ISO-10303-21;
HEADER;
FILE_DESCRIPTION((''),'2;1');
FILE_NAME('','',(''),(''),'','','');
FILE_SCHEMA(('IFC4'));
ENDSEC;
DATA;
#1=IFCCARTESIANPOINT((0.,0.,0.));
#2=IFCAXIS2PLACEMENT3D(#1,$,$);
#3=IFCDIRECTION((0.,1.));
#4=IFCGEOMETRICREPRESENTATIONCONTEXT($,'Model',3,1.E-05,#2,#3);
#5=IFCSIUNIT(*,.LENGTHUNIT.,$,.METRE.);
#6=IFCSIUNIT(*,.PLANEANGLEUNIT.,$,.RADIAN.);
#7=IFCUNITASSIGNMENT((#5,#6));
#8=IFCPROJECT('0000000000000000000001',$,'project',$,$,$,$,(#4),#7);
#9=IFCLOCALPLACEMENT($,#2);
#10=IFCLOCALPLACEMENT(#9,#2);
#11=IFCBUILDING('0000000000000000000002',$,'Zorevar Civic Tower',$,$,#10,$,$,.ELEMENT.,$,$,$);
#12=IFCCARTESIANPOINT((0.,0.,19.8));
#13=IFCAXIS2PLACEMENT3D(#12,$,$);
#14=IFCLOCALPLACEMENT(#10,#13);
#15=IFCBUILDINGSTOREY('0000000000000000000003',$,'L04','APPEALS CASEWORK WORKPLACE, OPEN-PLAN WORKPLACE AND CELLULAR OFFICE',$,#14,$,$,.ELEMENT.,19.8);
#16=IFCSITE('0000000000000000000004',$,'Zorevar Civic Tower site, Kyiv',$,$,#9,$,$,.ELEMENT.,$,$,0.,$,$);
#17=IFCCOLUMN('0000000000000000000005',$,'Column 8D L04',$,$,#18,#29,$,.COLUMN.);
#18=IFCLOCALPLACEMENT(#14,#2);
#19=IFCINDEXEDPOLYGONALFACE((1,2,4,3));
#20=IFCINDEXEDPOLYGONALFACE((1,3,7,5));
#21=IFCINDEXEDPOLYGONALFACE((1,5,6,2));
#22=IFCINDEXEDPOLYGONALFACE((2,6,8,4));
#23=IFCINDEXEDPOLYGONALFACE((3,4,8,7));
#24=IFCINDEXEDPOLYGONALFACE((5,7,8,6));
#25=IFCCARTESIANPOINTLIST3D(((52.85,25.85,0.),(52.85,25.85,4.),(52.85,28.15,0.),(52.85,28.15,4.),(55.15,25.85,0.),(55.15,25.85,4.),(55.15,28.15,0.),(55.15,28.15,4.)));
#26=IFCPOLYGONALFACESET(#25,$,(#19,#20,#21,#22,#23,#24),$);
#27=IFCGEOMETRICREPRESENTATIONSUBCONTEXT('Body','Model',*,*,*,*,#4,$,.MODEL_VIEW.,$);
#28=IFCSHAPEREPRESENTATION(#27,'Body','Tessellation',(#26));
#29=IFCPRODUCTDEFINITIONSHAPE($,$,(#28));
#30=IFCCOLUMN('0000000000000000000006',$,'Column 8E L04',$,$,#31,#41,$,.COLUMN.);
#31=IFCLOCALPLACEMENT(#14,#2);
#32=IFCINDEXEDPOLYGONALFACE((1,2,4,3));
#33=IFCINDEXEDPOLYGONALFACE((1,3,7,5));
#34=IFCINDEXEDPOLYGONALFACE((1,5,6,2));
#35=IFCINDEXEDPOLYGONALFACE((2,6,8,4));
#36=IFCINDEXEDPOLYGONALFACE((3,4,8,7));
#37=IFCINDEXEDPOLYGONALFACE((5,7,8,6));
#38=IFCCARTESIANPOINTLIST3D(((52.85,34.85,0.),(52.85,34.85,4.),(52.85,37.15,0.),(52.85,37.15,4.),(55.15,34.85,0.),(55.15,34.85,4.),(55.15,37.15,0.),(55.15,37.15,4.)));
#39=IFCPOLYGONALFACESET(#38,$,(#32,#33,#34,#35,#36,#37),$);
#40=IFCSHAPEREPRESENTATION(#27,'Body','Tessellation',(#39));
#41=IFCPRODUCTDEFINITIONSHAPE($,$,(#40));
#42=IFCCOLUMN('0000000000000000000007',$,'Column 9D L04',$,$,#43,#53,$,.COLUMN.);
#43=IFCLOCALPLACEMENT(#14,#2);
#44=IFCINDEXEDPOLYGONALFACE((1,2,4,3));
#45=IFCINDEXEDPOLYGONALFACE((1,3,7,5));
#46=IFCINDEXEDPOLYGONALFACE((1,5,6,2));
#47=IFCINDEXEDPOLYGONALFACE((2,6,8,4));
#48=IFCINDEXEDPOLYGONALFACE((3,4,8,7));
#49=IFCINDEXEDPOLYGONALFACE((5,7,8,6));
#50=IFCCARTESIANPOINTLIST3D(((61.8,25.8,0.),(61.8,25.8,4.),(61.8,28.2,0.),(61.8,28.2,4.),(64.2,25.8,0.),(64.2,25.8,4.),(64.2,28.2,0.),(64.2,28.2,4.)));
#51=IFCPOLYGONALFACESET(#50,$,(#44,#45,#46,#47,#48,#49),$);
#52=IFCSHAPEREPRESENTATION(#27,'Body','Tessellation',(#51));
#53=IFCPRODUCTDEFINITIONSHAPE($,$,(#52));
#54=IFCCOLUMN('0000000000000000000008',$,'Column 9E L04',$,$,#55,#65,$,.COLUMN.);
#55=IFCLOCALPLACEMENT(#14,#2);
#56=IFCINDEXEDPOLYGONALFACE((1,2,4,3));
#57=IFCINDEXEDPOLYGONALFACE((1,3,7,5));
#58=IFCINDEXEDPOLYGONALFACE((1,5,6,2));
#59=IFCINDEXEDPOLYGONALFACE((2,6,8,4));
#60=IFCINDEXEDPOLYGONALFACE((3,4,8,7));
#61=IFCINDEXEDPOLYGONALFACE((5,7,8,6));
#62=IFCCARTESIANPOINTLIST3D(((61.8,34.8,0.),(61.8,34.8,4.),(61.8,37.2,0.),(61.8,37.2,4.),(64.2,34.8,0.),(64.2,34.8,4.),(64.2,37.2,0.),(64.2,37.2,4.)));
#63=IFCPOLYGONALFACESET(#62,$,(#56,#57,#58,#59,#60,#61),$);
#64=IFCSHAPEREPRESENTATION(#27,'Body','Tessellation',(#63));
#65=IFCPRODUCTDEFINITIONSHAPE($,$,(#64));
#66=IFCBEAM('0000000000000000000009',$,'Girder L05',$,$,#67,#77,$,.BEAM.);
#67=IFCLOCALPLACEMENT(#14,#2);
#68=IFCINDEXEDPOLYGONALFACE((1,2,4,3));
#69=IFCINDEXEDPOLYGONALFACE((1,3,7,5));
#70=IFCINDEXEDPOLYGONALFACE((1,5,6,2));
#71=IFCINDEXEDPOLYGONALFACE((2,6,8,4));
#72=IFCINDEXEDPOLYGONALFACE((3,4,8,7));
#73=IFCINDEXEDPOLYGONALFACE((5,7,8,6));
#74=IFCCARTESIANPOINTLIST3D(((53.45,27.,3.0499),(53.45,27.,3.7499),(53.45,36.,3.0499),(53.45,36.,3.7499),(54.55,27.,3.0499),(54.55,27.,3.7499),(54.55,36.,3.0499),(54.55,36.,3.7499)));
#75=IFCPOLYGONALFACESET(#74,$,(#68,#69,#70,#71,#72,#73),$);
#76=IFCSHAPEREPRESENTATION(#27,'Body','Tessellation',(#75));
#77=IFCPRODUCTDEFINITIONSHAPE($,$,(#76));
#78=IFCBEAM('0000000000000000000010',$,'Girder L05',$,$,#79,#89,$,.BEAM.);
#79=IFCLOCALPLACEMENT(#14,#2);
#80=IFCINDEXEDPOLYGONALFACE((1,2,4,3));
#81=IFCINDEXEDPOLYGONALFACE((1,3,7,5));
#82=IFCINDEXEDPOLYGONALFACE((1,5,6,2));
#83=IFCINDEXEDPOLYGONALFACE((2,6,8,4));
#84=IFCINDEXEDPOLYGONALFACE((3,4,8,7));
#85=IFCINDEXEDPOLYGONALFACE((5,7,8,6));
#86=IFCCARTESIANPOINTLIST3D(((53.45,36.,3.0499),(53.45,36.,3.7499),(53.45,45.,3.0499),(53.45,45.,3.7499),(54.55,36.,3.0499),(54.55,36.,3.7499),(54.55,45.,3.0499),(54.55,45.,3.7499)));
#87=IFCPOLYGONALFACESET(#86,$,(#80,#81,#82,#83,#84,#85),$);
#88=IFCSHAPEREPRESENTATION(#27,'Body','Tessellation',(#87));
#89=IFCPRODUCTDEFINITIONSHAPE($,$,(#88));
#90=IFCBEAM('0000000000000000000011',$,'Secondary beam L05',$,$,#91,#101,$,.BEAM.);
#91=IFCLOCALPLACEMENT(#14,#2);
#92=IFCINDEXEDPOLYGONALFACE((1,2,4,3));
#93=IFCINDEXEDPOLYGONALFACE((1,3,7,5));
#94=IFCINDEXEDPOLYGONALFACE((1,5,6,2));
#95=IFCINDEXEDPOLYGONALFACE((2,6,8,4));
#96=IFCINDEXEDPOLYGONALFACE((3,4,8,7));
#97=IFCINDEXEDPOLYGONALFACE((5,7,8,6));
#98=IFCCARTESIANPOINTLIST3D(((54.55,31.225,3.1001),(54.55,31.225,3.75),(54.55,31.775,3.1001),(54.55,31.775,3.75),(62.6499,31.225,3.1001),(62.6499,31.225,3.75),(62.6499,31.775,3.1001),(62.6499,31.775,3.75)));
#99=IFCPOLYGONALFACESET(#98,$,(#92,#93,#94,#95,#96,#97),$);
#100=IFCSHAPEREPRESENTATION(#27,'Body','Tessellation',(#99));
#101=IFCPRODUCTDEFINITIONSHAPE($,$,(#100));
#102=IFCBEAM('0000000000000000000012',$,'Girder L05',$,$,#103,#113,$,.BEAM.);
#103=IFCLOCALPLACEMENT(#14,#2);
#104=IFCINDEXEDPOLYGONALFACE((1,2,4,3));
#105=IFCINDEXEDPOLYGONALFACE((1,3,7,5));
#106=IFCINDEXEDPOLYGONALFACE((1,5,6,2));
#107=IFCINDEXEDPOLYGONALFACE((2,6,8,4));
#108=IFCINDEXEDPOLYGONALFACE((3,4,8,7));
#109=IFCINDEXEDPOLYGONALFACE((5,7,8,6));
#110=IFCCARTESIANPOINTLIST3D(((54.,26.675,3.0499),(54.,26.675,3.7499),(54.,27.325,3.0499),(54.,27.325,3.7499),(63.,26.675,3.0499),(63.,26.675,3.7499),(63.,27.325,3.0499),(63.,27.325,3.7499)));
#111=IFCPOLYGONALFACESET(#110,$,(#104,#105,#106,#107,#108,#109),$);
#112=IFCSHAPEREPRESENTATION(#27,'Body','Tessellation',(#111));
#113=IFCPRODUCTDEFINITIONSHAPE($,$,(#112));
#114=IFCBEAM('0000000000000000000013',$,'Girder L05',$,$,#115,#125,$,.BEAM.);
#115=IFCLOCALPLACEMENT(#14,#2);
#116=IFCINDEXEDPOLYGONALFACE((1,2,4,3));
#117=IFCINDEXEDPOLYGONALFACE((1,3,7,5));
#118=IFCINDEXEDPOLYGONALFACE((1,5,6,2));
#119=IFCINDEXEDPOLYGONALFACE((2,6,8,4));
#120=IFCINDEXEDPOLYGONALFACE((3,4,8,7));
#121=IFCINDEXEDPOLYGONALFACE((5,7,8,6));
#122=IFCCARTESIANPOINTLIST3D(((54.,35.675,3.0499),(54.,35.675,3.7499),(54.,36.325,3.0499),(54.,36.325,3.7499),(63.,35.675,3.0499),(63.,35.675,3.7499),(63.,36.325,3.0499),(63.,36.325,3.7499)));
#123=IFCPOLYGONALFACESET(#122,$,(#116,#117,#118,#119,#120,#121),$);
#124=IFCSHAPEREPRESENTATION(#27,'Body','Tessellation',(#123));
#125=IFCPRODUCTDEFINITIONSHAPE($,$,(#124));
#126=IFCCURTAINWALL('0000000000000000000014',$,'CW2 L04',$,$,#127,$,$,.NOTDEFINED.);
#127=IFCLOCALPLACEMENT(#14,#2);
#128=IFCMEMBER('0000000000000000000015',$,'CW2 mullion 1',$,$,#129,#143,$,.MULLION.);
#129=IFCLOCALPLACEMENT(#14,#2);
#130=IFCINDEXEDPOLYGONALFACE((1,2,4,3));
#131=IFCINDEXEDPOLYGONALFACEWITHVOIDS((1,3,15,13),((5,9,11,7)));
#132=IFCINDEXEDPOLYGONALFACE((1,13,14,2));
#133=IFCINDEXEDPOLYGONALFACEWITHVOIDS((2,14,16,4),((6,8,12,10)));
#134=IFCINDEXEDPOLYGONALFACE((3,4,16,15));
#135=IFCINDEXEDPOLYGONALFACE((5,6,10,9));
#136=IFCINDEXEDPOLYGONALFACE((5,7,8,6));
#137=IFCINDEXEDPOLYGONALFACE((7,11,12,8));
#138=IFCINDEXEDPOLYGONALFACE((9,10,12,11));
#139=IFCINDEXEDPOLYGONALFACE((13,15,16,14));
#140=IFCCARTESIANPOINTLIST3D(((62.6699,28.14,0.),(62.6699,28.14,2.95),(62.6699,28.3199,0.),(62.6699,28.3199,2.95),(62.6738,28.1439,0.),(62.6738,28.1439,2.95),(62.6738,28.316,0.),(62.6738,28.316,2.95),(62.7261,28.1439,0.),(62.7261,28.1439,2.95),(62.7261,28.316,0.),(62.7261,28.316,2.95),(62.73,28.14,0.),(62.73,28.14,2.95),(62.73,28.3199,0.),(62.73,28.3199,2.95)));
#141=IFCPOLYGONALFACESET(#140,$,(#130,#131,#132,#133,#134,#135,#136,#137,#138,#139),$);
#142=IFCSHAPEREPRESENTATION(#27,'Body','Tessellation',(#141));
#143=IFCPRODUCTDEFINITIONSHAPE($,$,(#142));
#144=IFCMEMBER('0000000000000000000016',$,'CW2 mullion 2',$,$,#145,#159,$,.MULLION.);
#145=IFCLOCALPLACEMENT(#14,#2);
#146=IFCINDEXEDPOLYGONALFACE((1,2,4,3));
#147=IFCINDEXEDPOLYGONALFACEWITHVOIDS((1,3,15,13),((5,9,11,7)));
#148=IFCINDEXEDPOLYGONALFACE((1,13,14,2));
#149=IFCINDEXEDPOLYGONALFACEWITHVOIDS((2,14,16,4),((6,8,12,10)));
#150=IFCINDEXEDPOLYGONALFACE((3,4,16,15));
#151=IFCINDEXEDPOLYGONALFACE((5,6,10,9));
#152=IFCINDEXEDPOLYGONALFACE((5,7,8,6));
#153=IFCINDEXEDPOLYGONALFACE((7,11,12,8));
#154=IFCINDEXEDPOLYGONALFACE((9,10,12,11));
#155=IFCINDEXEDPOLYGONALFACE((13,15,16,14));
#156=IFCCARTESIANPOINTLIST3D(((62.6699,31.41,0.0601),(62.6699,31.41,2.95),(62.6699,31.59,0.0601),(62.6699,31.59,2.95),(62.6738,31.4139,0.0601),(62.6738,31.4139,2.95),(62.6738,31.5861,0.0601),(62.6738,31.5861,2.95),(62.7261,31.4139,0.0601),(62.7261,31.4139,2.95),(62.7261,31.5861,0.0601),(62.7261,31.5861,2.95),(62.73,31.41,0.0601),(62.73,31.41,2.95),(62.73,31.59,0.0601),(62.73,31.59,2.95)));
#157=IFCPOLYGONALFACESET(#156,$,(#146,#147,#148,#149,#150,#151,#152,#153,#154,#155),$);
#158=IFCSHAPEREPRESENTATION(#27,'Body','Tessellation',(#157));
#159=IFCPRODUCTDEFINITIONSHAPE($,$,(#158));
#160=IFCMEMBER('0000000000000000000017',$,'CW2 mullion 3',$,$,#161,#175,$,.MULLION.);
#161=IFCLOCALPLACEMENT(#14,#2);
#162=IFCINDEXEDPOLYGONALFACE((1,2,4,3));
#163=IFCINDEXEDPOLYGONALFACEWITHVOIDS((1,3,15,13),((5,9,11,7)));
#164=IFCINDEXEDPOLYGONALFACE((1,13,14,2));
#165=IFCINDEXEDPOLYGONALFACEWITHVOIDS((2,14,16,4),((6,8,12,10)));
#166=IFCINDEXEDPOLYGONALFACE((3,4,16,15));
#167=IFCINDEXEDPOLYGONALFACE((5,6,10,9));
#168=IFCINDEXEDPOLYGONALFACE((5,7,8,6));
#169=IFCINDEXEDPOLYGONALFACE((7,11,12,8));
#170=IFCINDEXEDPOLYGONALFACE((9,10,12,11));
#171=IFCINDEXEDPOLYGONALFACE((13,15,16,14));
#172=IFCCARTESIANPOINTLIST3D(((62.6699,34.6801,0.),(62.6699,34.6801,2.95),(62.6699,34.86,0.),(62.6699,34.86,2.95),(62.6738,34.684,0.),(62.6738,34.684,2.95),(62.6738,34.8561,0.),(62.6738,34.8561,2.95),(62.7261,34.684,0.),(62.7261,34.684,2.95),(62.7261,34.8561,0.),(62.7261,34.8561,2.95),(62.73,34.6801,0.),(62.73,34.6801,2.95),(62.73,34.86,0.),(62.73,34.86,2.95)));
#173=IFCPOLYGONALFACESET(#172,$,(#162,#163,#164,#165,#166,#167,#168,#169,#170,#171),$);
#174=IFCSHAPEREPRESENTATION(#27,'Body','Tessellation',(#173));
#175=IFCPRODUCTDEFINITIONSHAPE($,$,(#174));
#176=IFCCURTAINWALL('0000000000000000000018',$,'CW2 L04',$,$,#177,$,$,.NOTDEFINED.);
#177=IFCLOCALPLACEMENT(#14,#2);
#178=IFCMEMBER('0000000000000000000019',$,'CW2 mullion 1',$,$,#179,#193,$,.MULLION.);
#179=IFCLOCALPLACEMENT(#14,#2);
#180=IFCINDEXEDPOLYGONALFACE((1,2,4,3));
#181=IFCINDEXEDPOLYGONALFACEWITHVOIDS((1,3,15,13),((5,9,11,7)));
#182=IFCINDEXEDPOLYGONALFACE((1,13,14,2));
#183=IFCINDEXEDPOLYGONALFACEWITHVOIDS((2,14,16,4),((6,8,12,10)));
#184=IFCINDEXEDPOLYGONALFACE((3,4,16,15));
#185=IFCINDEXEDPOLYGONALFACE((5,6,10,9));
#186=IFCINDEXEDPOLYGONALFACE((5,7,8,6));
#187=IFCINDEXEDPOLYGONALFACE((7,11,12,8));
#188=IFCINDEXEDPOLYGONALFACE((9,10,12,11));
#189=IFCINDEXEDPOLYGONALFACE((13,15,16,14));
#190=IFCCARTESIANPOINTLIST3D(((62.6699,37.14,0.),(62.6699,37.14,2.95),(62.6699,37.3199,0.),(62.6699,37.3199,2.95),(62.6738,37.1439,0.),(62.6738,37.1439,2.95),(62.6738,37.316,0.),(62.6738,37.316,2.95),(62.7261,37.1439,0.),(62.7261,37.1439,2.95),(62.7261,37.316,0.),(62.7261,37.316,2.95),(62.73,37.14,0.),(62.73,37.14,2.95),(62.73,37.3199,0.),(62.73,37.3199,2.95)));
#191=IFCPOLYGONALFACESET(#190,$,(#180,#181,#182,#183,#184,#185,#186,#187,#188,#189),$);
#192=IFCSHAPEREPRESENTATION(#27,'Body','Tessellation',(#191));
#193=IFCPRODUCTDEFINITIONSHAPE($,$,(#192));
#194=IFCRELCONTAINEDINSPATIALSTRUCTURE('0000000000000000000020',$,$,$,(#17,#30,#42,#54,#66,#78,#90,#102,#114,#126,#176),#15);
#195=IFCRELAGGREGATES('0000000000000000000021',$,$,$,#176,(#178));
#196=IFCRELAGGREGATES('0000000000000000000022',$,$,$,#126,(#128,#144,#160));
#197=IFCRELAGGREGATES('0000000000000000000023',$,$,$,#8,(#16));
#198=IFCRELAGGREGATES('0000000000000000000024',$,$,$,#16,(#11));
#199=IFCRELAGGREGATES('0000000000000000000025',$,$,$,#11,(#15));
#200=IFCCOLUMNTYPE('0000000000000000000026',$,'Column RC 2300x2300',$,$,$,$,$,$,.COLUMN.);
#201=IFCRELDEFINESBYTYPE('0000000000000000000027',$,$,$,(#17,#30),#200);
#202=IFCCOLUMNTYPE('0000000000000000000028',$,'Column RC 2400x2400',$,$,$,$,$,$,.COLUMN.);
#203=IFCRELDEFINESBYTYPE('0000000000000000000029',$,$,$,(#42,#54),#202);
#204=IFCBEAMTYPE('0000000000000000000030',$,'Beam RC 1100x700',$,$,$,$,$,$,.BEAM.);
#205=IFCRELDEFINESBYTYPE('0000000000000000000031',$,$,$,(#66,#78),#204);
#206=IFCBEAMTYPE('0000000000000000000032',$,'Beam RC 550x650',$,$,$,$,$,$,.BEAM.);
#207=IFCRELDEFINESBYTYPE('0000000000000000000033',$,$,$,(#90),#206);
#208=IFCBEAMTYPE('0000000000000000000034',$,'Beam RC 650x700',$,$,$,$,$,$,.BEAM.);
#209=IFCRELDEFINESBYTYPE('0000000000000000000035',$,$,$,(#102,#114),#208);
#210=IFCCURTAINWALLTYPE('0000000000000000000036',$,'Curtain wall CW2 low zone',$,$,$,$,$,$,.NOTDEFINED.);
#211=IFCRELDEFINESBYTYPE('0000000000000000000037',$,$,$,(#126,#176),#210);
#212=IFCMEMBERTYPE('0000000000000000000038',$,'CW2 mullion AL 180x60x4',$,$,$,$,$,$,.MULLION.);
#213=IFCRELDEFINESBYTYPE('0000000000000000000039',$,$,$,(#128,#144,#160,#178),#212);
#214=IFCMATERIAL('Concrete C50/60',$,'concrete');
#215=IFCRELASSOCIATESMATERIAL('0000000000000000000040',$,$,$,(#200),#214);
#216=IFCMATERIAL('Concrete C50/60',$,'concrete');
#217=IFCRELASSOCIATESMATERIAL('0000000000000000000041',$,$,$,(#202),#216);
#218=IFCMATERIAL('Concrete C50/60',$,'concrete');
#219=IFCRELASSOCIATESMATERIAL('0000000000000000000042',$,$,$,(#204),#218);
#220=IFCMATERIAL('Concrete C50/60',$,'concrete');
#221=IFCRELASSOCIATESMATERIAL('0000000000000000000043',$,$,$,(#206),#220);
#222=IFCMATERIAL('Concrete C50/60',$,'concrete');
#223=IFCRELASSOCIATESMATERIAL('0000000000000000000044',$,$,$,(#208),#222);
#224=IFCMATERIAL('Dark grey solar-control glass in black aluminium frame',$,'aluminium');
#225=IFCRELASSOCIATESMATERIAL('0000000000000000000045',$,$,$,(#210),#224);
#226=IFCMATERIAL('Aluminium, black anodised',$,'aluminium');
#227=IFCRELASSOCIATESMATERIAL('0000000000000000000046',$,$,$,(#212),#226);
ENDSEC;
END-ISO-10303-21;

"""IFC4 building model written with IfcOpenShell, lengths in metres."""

from ifc_helpers import new_model, si_unit, direction, frame, origin, origin_2d, place, context, subcontext, project, spatial, rectangle, hollow_rectangle, extrude, material, material_profile, profile_set, type_object, element, aggregate, save


model = new_model("IFC4")

# Units and contexts
model_context = context("Model", 3, precision=1e-05, world=origin(), true_north=direction((0.0, 1.0)))
body_context = subcontext(model_context, "Body", "Model", "MODEL_VIEW")
ifc_project = project(units=[si_unit("LENGTHUNIT", "METRE"), si_unit("PLANEANGLEUNIT", "RADIAN")], contexts=[model_context])

# Site, building, storey
site_placement = place(None, origin())
site = spatial("IfcSite", under=ifc_project, at=site_placement, Name="Zorevar Civic Tower site, Kyiv", CompositionType="ELEMENT", RefElevation=0.0)
building_placement = place(site_placement, origin())
building = spatial("IfcBuilding", under=site, at=building_placement, Name="Zorevar Civic Tower", CompositionType="ELEMENT")
storey_placement = place(building_placement, frame((0.0, 0.0, 19.8)))
storey = spatial("IfcBuildingStorey", under=building, at=storey_placement, Name="L04", Description="APPEALS CASEWORK WORKPLACE, OPEN-PLAN WORKPLACE AND CELLULAR OFFICE", CompositionType="ELEMENT", Elevation=19.8)

# Columns
ifc_material_1 = material(Name="Concrete C50/60", Category="concrete")
ifc_material_profile_1 = material_profile(ifc_material_1, rectangle(XDim=2.3, YDim=2.3, at=origin_2d()), Name="RC 2300x2300")
ifc_profile_set_1 = profile_set([ifc_material_profile_1], Name="Concrete C50/60")
column_type_1 = type_object("IfcColumnType", Name="Column RC 2300x2300", PredefinedType="COLUMN", material=ifc_profile_set_1)
for number, where, z_axis, x_axis, name in (
    (1, (54.0, 27.0, 0.0), (0.0, 0.0, 1.0), (1.0, 0.0, 0.0), "Column 8D L04"),
    (2, (54.0, 36.0, 0.0), (0.0, 0.0, 1.0), (1.0, 0.0, 0.0), "Column 8E L04"),
):
    element("IfcColumn", number, at=place(storey_placement, frame(where, z_axis=z_axis, x_axis=x_axis)), inside=storey, type_object=column_type_1, Name=name, PredefinedType="COLUMN", context=body_context, shape_type="SweptSolid", body=[
        extrude(rectangle(XDim=2.3, YDim=2.3, at=origin_2d()), origin(), (0.0, 0.0, 1.0), 4.0),
    ])
ifc_material_2 = material(Name="Concrete C50/60", Category="concrete")
ifc_material_profile_2 = material_profile(ifc_material_2, rectangle(XDim=2.3999, YDim=2.3999, at=origin_2d()), Name="RC 2400x2400")
ifc_profile_set_2 = profile_set([ifc_material_profile_2], Name="Concrete C50/60")
column_type_2 = type_object("IfcColumnType", Name="Column RC 2400x2400", PredefinedType="COLUMN", material=ifc_profile_set_2)
for number, where, z_axis, x_axis, name in (
    (3, (63.0, 27.0, 0.0), (0.0, 0.0, 1.0), (1.0, 0.0, 0.0), "Column 9D L04"),
    (4, (63.0, 36.0, 0.0), (0.0, 0.0, 1.0), (1.0, 0.0, 0.0), "Column 9E L04"),
):
    element("IfcColumn", number, at=place(storey_placement, frame(where, z_axis=z_axis, x_axis=x_axis)), inside=storey, type_object=column_type_2, Name=name, PredefinedType="COLUMN", context=body_context, shape_type="SweptSolid", body=[
        extrude(rectangle(XDim=2.3999, YDim=2.3999, at=origin_2d()), origin(), (0.0, 0.0, 1.0), 4.0),
    ])

# Beams
ifc_material_3 = material(Name="Concrete C50/60", Category="concrete")
ifc_material_profile_3 = material_profile(ifc_material_3, rectangle(XDim=1.1001, YDim=0.7, at=origin_2d()), Name="RC 1100x700")
ifc_profile_set_3 = profile_set([ifc_material_profile_3], Name="Concrete C50/60")
beam_type_1 = type_object("IfcBeamType", Name="Beam RC 1100x700", PredefinedType="BEAM", material=ifc_profile_set_3)
for number, where, z_axis, x_axis, name in (
    (5, (54.0, 27.0, 3.3999), (0.0, 1.0, 0.0), (-1.0, 0.0, 0.0), "Girder L05"),
    (6, (54.0, 36.0, 3.3999), (0.0, 1.0, 0.0), (-1.0, 0.0, 0.0), "Girder L05"),
):
    element("IfcBeam", number, at=place(storey_placement, frame(where, z_axis=z_axis, x_axis=x_axis)), inside=storey, type_object=beam_type_1, Name=name, PredefinedType="BEAM", context=body_context, shape_type="SweptSolid", body=[
        extrude(rectangle(XDim=1.1001, YDim=0.7, at=origin_2d()), origin(), (0.0, 0.0, 1.0), 9.0),
    ])
ifc_material_4 = material(Name="Concrete C50/60", Category="concrete")
ifc_material_profile_4 = material_profile(ifc_material_4, rectangle(XDim=0.55, YDim=0.6499, at=origin_2d()), Name="RC 550x650")
ifc_profile_set_4 = profile_set([ifc_material_profile_4], Name="Concrete C50/60")
beam_type_2 = type_object("IfcBeamType", Name="Beam RC 550x650", PredefinedType="BEAM", material=ifc_profile_set_4)
beam_placement = place(storey_placement, frame((54.55, 31.5, 3.425), z_axis=(1.0, 0.0, 0.0), x_axis=(0.0, 1.0, 0.0)))
element("IfcBeam", 7, at=beam_placement, inside=storey, type_object=beam_type_2, Name="Secondary beam L05", PredefinedType="BEAM", context=body_context, shape_type="SweptSolid", body=[
    extrude(rectangle(XDim=0.55, YDim=0.6499, at=origin_2d()), origin(), (0.0, 0.0, 1.0), 8.0999),
])
ifc_material_5 = material(Name="Concrete C50/60", Category="concrete")
ifc_material_profile_5 = material_profile(ifc_material_5, rectangle(XDim=0.6499, YDim=0.7, at=origin_2d()), Name="RC 650x700")
ifc_profile_set_5 = profile_set([ifc_material_profile_5], Name="Concrete C50/60")
beam_type_3 = type_object("IfcBeamType", Name="Beam RC 650x700", PredefinedType="BEAM", material=ifc_profile_set_5)
for number, where, z_axis, x_axis, name in (
    (8, (54.0, 27.0, 3.3999), (1.0, 0.0, 0.0), (0.0, 1.0, 0.0), "Girder L05"),
    (9, (54.0, 36.0, 3.3999), (1.0, 0.0, 0.0), (0.0, 1.0, 0.0), "Girder L05"),
):
    element("IfcBeam", number, at=place(storey_placement, frame(where, z_axis=z_axis, x_axis=x_axis)), inside=storey, type_object=beam_type_3, Name=name, PredefinedType="BEAM", context=body_context, shape_type="SweptSolid", body=[
        extrude(rectangle(XDim=0.6499, YDim=0.7, at=origin_2d()), origin(), (0.0, 0.0, 1.0), 9.0),
    ])

# Curtain wall, members
ifc_material_6 = material(Name="Dark grey solar-control glass in black aluminium frame", Category="aluminium")
curtain_wall_type = type_object("IfcCurtainWallType", Name="Curtain wall CW2 low zone", PredefinedType="NOTDEFINED", material=ifc_material_6)
curtain_wall_1_placement = place(storey_placement, origin())
curtain_wall_1 = element("IfcCurtainWall", 10, at=curtain_wall_1_placement, inside=storey, type_object=curtain_wall_type, Name="CW2 L04", PredefinedType="NOTDEFINED")
ifc_material_7 = material(Name="Aluminium, black anodised", Category="aluminium")
ifc_material_profile_6 = material_profile(ifc_material_7, hollow_rectangle(XDim=0.0601, YDim=0.1799, WallThickness=0.0039, at=origin_2d()), Name="AL 180x60x4")
ifc_profile_set_6 = profile_set([ifc_material_profile_6], Name="Aluminium, black anodised")
member_type_1 = type_object("IfcMemberType", Name="CW2 mullion AL 180x60x4", PredefinedType="MULLION", material=ifc_profile_set_6)
member_1_placement = place(storey_placement, frame((62.7, 28.23, 0.0), z_axis=(0.0, 0.0, 1.0), x_axis=(-1.0, 0.0, 0.0)))
member_1 = element("IfcMember", 11, at=member_1_placement, type_object=member_type_1, Name="CW2 mullion 1", PredefinedType="MULLION", context=body_context, shape_type="SweptSolid", body=[
    extrude(hollow_rectangle(XDim=0.0601, YDim=0.1799, WallThickness=0.0039, at=origin_2d()), origin(), (0.0, 0.0, 1.0), 2.95),
])
member_2_placement = place(storey_placement, frame((62.7, 31.5, 0.0601), z_axis=(0.0, 0.0, 1.0), x_axis=(-1.0, 0.0, 0.0)))
member_2 = element("IfcMember", 12, at=member_2_placement, type_object=member_type_1, Name="CW2 mullion 2", PredefinedType="MULLION", context=body_context, shape_type="SweptSolid", body=[
    extrude(hollow_rectangle(XDim=0.0601, YDim=0.1799, WallThickness=0.0039, at=origin_2d()), origin(), (0.0, 0.0, 1.0), 2.8899),
])
member_3_placement = place(storey_placement, frame((62.7, 34.77, 0.0), z_axis=(0.0, 0.0, 1.0), x_axis=(-1.0, 0.0, 0.0)))
member_3 = element("IfcMember", 13, at=member_3_placement, type_object=member_type_1, Name="CW2 mullion 3", PredefinedType="MULLION", context=body_context, shape_type="SweptSolid", body=[
    extrude(hollow_rectangle(XDim=0.0601, YDim=0.1799, WallThickness=0.0039, at=origin_2d()), origin(), (0.0, 0.0, 1.0), 2.95),
])

# Curtain wall, member
curtain_wall_2_placement = place(storey_placement, origin())
curtain_wall_2 = element("IfcCurtainWall", 14, at=curtain_wall_2_placement, inside=storey, type_object=curtain_wall_type, Name="CW2 L04", PredefinedType="NOTDEFINED")
member_4_placement = place(storey_placement, frame((62.7, 37.23, 0.0), z_axis=(0.0, 0.0, 1.0), x_axis=(-1.0, 0.0, 0.0)))
member_4 = element("IfcMember", 15, at=member_4_placement, type_object=member_type_1, Name="CW2 mullion 1", PredefinedType="MULLION", context=body_context, shape_type="SweptSolid", body=[
    extrude(hollow_rectangle(XDim=0.0601, YDim=0.1799, WallThickness=0.0039, at=origin_2d()), origin(), (0.0, 0.0, 1.0), 2.95),
])

aggregate(curtain_wall_2, [member_4])

aggregate(curtain_wall_1, [member_1, member_2, member_3])

save(model, "model.ifc")
